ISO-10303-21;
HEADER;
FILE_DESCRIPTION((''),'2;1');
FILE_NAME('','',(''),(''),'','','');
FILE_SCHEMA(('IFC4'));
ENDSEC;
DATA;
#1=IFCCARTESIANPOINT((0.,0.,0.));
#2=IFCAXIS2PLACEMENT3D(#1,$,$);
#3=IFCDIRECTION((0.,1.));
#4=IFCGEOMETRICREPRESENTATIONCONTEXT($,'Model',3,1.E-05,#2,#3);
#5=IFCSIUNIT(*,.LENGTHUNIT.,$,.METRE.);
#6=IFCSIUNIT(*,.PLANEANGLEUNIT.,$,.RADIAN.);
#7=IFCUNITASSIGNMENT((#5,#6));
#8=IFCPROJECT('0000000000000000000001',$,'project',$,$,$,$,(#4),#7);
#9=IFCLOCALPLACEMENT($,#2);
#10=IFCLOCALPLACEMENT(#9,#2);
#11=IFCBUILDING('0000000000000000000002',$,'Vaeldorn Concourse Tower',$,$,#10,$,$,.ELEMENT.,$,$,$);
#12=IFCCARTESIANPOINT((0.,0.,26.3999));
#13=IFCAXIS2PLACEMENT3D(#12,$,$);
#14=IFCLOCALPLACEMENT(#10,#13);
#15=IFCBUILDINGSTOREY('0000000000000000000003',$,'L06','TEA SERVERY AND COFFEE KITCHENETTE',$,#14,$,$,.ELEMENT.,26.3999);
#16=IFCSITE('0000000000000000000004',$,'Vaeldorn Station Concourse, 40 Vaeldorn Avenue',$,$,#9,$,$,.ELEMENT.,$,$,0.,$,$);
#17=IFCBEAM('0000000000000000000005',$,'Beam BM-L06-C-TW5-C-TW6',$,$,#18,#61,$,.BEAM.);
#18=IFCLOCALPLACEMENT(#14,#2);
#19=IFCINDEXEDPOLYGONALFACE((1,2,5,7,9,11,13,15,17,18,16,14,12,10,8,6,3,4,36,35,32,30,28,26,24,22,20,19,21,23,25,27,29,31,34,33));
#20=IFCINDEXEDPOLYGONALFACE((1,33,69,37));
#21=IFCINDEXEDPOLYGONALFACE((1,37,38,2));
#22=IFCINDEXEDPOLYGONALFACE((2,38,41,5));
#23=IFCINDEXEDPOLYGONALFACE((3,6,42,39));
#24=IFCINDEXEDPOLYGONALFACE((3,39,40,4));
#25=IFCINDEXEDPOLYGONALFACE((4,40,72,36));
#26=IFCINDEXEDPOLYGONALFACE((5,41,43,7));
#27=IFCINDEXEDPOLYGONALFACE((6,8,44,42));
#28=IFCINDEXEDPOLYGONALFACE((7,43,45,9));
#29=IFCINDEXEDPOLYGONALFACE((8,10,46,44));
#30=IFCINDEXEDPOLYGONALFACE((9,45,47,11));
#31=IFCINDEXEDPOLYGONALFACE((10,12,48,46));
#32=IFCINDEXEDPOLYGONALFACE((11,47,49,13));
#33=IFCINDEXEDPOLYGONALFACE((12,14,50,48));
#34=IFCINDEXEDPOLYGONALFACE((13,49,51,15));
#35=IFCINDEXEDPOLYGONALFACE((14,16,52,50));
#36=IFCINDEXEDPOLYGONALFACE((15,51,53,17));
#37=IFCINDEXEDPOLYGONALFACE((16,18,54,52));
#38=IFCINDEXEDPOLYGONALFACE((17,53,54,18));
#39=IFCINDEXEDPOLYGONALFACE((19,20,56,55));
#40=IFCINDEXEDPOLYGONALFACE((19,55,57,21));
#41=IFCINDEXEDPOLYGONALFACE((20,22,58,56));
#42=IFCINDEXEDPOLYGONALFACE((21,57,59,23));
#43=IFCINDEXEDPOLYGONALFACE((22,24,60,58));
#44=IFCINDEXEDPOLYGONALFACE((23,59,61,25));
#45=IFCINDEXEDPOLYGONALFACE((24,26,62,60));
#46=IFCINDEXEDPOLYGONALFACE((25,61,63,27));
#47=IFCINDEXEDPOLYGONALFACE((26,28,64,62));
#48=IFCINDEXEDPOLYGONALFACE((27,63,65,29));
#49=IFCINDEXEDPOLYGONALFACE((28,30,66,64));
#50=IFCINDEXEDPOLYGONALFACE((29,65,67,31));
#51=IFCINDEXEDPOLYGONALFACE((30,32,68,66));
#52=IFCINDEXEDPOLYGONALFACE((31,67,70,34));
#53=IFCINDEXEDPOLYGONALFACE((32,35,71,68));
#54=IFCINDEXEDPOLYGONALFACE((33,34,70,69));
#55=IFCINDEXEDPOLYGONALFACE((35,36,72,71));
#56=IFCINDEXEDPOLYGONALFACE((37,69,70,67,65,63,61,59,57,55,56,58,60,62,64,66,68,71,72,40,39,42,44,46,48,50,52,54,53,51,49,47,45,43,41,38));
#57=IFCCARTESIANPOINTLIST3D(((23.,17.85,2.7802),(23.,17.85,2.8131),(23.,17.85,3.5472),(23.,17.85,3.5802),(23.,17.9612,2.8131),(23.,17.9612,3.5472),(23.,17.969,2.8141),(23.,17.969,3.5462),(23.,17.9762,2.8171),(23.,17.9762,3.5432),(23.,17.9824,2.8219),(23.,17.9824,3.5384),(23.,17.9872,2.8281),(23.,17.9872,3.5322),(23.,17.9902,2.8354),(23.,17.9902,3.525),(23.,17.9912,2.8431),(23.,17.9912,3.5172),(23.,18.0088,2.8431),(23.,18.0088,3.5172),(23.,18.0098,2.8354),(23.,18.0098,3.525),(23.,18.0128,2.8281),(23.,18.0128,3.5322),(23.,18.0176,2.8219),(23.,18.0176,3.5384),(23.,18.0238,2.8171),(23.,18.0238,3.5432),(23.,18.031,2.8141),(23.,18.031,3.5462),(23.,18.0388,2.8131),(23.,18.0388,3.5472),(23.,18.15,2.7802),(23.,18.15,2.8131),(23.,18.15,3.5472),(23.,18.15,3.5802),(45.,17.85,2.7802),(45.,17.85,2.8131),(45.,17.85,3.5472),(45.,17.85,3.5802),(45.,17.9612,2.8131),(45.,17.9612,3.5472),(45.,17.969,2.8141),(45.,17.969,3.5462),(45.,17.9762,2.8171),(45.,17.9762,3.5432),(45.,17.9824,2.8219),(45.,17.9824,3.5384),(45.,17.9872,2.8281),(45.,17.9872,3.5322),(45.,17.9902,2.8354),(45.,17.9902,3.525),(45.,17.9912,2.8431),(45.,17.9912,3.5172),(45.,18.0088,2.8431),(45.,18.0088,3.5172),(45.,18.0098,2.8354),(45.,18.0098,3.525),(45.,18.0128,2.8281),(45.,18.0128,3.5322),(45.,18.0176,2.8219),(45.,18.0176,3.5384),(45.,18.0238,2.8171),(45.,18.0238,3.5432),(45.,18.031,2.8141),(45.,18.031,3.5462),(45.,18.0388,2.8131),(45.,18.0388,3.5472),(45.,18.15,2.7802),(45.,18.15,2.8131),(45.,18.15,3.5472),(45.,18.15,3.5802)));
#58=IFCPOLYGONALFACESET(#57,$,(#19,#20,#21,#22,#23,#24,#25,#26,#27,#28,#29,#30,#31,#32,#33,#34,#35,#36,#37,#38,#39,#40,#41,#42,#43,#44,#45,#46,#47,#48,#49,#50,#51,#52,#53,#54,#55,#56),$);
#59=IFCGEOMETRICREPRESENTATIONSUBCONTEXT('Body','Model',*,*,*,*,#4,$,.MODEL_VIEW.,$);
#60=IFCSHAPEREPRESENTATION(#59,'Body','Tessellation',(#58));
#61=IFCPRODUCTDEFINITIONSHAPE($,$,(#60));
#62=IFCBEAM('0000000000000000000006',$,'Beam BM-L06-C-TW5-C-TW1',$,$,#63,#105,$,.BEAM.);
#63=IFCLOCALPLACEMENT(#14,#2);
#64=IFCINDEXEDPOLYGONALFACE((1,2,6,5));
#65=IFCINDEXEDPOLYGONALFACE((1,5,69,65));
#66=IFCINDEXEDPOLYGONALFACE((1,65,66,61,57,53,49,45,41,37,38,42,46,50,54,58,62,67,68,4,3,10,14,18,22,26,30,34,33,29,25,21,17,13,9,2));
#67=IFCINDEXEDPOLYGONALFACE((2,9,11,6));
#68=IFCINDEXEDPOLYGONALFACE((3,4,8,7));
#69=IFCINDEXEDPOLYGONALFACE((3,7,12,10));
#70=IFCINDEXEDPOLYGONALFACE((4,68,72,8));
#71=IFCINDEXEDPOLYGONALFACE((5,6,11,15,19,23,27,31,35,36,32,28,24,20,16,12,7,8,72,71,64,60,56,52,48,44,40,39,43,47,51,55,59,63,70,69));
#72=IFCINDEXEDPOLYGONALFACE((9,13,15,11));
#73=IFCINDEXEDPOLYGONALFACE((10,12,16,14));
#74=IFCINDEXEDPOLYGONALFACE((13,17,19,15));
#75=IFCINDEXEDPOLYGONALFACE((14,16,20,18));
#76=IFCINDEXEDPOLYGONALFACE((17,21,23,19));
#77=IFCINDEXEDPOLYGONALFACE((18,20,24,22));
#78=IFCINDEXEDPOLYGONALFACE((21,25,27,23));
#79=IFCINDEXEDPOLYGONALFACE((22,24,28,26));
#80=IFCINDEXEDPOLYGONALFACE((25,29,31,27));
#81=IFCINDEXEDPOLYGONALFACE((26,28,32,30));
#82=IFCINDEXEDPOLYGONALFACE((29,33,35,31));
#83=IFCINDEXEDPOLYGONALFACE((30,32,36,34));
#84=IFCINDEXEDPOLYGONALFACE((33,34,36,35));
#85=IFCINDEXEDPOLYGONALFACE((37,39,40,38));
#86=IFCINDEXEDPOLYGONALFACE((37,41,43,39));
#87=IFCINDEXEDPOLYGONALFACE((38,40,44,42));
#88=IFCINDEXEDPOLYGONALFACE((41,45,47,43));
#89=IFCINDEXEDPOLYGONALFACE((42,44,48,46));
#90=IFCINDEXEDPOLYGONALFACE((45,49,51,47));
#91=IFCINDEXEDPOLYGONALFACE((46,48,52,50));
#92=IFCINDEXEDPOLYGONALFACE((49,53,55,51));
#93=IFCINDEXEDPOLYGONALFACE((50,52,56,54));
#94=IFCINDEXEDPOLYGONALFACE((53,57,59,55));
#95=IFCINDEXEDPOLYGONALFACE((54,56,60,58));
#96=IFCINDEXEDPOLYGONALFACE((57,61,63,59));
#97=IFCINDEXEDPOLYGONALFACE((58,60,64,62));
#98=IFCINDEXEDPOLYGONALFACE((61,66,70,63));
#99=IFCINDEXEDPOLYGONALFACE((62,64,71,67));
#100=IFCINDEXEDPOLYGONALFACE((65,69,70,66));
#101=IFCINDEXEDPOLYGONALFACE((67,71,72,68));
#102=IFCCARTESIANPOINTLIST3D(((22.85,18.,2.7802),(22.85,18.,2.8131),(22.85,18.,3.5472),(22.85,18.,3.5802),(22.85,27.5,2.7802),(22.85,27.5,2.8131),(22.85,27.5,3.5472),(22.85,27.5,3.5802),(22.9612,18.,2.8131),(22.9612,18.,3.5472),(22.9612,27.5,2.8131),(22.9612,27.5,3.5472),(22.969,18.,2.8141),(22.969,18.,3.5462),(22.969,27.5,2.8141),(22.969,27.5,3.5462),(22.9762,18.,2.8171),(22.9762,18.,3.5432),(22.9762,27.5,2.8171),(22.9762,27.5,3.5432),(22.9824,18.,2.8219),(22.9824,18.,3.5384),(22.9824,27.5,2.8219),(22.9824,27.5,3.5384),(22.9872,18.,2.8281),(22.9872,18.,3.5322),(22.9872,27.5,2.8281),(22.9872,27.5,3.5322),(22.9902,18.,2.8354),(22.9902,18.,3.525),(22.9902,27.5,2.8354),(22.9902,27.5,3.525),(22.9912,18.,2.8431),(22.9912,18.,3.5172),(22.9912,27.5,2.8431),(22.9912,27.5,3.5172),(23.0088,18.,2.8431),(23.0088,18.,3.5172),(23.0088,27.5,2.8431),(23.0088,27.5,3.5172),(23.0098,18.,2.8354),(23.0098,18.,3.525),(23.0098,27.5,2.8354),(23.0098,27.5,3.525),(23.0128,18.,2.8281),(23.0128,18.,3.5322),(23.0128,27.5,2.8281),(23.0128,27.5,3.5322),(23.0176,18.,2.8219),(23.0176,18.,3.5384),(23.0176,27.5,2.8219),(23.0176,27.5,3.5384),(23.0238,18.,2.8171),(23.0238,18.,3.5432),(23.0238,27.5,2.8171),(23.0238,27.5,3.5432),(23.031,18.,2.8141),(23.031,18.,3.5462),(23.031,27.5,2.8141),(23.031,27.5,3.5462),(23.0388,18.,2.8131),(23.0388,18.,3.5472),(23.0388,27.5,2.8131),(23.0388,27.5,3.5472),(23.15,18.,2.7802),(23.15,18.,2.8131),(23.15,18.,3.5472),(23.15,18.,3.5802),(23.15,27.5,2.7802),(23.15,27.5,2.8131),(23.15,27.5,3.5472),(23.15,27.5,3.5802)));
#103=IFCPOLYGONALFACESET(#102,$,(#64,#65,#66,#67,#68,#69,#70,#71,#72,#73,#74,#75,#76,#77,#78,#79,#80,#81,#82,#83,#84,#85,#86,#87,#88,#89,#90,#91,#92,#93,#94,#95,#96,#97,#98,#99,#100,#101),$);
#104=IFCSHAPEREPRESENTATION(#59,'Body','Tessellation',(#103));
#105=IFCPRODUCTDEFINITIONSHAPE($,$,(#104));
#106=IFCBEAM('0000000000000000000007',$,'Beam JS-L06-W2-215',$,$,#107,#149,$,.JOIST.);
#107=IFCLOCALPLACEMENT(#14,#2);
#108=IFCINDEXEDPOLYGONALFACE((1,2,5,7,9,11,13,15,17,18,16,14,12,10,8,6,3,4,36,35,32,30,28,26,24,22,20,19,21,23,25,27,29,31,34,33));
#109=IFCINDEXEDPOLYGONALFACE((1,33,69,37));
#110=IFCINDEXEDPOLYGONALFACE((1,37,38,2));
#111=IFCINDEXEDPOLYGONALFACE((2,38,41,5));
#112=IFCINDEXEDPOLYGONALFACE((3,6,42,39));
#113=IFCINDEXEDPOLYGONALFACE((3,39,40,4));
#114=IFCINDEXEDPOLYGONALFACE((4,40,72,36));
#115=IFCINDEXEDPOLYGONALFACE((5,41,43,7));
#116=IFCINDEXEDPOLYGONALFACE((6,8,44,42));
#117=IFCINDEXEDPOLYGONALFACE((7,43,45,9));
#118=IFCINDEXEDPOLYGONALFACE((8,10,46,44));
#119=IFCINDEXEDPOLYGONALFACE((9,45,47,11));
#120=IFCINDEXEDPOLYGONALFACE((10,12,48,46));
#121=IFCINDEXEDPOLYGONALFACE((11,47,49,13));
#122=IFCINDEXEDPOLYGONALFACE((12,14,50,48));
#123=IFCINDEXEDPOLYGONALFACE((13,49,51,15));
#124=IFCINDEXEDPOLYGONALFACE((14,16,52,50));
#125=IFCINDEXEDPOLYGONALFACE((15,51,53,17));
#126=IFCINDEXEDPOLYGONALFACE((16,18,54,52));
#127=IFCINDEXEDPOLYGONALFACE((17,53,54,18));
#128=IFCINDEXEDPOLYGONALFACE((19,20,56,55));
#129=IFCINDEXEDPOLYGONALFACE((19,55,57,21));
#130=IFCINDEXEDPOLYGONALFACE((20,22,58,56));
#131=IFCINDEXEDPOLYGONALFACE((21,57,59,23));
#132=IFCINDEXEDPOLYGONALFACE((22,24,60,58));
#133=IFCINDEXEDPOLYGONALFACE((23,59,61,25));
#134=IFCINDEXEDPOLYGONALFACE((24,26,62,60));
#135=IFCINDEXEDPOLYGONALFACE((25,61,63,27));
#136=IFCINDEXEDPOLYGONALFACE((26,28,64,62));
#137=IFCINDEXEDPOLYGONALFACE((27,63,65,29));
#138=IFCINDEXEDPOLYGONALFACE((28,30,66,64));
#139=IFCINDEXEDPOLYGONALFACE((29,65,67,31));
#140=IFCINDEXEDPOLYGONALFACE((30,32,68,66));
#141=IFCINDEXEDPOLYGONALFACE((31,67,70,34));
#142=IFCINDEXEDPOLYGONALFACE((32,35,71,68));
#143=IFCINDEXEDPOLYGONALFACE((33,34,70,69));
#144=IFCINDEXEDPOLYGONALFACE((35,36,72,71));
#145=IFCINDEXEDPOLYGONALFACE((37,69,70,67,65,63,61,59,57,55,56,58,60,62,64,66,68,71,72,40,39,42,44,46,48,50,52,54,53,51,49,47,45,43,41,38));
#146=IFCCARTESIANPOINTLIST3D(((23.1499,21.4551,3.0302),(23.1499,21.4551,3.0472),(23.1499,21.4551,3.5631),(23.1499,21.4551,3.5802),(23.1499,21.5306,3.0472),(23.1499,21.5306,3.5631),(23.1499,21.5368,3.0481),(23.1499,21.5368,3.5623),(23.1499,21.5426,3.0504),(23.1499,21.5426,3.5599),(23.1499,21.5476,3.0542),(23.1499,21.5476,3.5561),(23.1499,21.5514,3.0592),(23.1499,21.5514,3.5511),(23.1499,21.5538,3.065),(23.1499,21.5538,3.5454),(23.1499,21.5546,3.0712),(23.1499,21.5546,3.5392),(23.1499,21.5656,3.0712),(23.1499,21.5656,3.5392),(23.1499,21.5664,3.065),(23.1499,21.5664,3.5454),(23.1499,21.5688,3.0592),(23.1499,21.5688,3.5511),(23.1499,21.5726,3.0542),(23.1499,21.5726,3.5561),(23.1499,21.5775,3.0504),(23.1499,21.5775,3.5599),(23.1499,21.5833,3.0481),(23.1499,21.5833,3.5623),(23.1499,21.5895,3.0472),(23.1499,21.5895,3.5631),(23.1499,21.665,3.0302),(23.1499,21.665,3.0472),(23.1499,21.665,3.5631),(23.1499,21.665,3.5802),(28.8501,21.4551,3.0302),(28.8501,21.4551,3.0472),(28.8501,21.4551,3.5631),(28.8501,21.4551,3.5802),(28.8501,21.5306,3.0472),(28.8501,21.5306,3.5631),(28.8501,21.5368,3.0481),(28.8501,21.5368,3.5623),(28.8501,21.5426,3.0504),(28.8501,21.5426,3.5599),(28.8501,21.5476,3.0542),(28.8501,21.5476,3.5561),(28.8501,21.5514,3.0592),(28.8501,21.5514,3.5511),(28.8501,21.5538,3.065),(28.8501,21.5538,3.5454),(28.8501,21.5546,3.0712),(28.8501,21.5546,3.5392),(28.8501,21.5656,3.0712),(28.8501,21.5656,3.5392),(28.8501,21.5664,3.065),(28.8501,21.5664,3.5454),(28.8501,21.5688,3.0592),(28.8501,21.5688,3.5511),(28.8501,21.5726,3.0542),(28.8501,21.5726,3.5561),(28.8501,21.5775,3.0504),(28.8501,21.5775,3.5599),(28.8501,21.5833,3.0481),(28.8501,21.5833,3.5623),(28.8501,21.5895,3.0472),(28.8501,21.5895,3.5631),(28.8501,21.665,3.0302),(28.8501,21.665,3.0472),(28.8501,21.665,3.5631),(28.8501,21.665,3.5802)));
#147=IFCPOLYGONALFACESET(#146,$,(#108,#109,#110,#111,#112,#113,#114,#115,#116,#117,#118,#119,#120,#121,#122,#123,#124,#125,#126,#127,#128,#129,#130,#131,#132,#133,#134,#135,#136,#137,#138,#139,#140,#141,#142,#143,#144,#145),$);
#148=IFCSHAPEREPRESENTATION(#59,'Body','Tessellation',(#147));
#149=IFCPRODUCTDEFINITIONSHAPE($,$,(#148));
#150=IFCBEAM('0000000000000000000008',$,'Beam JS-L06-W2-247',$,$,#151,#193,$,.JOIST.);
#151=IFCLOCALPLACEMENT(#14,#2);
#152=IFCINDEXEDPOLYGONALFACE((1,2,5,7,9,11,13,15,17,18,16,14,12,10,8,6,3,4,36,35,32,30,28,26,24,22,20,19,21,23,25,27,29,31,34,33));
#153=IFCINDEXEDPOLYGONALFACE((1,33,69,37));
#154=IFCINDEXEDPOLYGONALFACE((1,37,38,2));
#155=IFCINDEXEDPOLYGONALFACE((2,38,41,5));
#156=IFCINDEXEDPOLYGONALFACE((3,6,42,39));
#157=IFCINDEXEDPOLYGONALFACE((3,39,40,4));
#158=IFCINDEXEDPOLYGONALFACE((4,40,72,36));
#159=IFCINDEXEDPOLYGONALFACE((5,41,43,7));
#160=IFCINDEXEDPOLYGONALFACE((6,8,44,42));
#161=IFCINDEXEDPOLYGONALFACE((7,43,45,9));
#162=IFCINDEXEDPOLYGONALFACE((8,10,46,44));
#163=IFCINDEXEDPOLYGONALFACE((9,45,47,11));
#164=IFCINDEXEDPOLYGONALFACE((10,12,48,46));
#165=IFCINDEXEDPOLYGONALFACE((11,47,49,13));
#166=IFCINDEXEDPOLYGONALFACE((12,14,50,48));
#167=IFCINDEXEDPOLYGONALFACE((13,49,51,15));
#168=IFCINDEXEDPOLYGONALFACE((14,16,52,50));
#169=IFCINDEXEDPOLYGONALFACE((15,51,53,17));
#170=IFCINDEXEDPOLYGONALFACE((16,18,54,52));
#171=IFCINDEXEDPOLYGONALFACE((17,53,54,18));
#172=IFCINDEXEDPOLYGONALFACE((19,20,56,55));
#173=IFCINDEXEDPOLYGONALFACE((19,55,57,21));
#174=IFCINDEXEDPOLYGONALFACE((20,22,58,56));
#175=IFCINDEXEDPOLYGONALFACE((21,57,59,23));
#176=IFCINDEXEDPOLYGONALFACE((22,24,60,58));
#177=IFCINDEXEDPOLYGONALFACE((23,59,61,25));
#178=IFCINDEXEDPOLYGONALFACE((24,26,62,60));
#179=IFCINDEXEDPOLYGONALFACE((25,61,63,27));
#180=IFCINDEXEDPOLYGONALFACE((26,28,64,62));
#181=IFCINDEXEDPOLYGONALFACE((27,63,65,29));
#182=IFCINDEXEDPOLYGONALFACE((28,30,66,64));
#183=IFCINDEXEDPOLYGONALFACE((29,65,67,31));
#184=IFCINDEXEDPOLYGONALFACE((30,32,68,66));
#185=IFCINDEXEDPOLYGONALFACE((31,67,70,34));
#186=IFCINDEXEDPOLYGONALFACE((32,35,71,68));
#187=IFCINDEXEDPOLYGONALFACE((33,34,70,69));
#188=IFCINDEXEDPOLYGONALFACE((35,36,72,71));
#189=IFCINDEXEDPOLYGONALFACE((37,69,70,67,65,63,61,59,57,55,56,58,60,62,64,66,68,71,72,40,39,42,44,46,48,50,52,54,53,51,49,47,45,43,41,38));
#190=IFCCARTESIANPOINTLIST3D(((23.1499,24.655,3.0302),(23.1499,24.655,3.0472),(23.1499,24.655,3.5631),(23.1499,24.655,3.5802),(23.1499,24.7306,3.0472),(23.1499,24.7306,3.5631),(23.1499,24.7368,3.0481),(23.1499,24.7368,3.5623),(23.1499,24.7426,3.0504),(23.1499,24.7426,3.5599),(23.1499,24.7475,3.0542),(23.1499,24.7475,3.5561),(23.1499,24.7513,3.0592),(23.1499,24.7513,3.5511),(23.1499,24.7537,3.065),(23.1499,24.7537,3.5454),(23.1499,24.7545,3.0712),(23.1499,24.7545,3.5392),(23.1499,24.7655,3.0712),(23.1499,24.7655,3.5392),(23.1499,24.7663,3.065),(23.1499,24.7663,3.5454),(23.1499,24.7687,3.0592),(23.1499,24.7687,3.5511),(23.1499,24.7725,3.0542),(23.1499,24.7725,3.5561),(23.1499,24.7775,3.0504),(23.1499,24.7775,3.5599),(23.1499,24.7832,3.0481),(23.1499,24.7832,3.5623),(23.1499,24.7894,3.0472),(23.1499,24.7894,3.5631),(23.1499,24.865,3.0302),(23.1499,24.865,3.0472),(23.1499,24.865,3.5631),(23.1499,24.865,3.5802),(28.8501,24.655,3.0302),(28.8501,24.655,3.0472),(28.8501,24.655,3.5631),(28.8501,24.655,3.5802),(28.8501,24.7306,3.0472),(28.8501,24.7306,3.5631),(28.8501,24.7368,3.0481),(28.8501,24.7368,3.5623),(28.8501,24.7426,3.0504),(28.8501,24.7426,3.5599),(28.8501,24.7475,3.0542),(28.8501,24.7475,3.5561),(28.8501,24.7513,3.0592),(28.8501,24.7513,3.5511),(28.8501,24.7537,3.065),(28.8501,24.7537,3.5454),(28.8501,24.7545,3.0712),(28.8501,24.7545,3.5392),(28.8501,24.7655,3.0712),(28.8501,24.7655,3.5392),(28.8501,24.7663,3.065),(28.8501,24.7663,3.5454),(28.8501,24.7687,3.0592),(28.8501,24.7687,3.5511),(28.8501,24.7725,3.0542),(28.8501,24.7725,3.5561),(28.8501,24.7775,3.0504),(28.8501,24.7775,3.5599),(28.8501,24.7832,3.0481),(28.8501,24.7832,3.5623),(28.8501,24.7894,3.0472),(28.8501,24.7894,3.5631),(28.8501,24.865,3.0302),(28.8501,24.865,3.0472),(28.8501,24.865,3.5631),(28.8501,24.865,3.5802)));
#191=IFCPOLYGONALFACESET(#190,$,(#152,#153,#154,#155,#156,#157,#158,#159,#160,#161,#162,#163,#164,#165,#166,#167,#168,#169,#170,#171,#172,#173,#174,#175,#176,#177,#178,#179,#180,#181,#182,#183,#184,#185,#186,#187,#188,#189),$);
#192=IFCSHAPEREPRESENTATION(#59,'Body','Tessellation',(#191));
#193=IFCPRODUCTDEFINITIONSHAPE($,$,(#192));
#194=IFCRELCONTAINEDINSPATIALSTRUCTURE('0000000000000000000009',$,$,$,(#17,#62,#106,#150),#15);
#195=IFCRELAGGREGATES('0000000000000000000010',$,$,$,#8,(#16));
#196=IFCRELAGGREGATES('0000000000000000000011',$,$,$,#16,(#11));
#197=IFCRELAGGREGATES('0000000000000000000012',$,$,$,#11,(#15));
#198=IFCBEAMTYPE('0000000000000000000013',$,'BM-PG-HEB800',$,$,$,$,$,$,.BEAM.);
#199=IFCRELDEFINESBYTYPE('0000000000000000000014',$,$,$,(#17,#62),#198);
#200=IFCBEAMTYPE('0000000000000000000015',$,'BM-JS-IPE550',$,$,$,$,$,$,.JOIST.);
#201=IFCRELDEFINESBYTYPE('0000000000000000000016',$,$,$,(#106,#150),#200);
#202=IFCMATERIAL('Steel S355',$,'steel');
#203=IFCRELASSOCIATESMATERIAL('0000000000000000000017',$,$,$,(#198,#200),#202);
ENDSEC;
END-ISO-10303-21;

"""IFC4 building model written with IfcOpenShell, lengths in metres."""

from ifc_helpers import new_model, si_unit, direction, frame, origin, origin_2d, place, context, subcontext, project, spatial, i_section, extrude, source, transform, mapped, material, material_profile, profile_set, type_object, element, save


model = new_model("IFC4")

# Units and contexts
model_context = context("Model", 3, precision=1e-05, world=origin(), true_north=direction((0.0, 1.0)))
body_context = subcontext(model_context, "Body", "Model", "MODEL_VIEW")
ifc_project = project(units=[si_unit("LENGTHUNIT", "METRE"), si_unit("PLANEANGLEUNIT", "RADIAN")], contexts=[model_context])

# Site, building, storey
site_placement = place(None, origin())
site = spatial("IfcSite", under=ifc_project, at=site_placement, Name="Vaeldorn Station Concourse, 40 Vaeldorn Avenue", CompositionType="ELEMENT", RefElevation=0.0)
building_placement = place(site_placement, origin())
building = spatial("IfcBuilding", under=site, at=building_placement, Name="Vaeldorn Concourse Tower", CompositionType="ELEMENT")
storey_placement = place(building_placement, frame((0.0, 0.0, 26.3999)))
storey = spatial("IfcBuildingStorey", under=building, at=storey_placement, Name="L06", Description="TEA SERVERY AND COFFEE KITCHENETTE", CompositionType="ELEMENT", Elevation=26.3999)

# Beams
ifc_material_1 = material(Name="Steel S355", Category="steel")
ifc_material_profile_1 = material_profile(ifc_material_1, i_section(OverallWidth=0.3, OverallDepth=0.8, WebThickness=0.0176, FlangeThickness=0.033, FilletRadius=0.03, at=origin_2d()), Name="HEB 800")
ifc_profile_set_1 = profile_set([ifc_material_profile_1], Name="Steel S355")
beam_type_1 = type_object("IfcBeamType", Name="BM-PG-HEB800", PredefinedType="BEAM", material=ifc_profile_set_1)
shared_shape_1 = source(origin(), body_context, "Body", "SweptSolid", [
    extrude(i_section(OverallWidth=0.3, OverallDepth=0.8, WebThickness=0.0176, FlangeThickness=0.033, FilletRadius=0.03, at=origin_2d()), origin(), (0.0, 0.0, 1.0), 22.0),
])
beam_1_placement = place(storey_placement, frame((23.0, 18.0, 3.1802), z_axis=(1.0, 0.0, 0.0), x_axis=(0.0, 1.0, 0.0)))
element("IfcBeam", 1, at=beam_1_placement, inside=storey, type_object=beam_type_1, Name="Beam BM-L06-C-TW5-C-TW6", PredefinedType="BEAM", context=body_context, shape_type="MappedRepresentation", body=[
    mapped(shared_shape_1, transform((0.0, 0.0, 0.0), scale=1.0)),
])
shared_shape_2 = source(origin(), body_context, "Body", "SweptSolid", [
    extrude(i_section(OverallWidth=0.3, OverallDepth=0.8, WebThickness=0.0176, FlangeThickness=0.033, FilletRadius=0.03, at=origin_2d()), origin(), (0.0, 0.0, 1.0), 9.5),
])
beam_2_placement = place(storey_placement, frame((23.0, 18.0, 3.1802), z_axis=(0.0, 1.0, 0.0), x_axis=(-1.0, 0.0, 0.0)))
element("IfcBeam", 2, at=beam_2_placement, inside=storey, type_object=beam_type_1, Name="Beam BM-L06-C-TW5-C-TW1", PredefinedType="BEAM", context=body_context, shape_type="MappedRepresentation", body=[
    mapped(shared_shape_2, transform((0.0, 0.0, 0.0), scale=1.0)),
])
ifc_material_profile_2 = material_profile(ifc_material_1, i_section(OverallWidth=0.21, OverallDepth=0.55, WebThickness=0.011, FlangeThickness=0.0171, FilletRadius=0.0239, at=origin_2d()), Name="IPE 550")
ifc_profile_set_2 = profile_set([ifc_material_profile_2], Name="Steel S355")
beam_type_2 = type_object("IfcBeamType", Name="BM-JS-IPE550", PredefinedType="JOIST", material=ifc_profile_set_2)
shared_shape_3 = source(origin(), body_context, "Body", "SweptSolid", [
    extrude(i_section(OverallWidth=0.21, OverallDepth=0.55, WebThickness=0.011, FlangeThickness=0.0171, FilletRadius=0.0239, at=origin_2d()), origin(), (0.0, 0.0, 1.0), 5.7002),
])
for number, where, z_axis, x_axis, name in (
    (3, (23.1499, 21.5601, 3.3052), (1.0, 0.0, 0.0), (0.0, 1.0, 0.0), "Beam JS-L06-W2-215"),
    (4, (23.1499, 24.76, 3.3052), (1.0, 0.0, 0.0), (0.0, 1.0, 0.0), "Beam JS-L06-W2-247"),
):
    element("IfcBeam", number, at=place(storey_placement, frame(where, z_axis=z_axis, x_axis=x_axis)), inside=storey, type_object=beam_type_2, Name=name, PredefinedType="JOIST", context=body_context, shape_type="MappedRepresentation", body=[
        mapped(shared_shape_3, transform((0.0, 0.0, 0.0), scale=1.0)),
    ])

save(model, "model.ifc")
